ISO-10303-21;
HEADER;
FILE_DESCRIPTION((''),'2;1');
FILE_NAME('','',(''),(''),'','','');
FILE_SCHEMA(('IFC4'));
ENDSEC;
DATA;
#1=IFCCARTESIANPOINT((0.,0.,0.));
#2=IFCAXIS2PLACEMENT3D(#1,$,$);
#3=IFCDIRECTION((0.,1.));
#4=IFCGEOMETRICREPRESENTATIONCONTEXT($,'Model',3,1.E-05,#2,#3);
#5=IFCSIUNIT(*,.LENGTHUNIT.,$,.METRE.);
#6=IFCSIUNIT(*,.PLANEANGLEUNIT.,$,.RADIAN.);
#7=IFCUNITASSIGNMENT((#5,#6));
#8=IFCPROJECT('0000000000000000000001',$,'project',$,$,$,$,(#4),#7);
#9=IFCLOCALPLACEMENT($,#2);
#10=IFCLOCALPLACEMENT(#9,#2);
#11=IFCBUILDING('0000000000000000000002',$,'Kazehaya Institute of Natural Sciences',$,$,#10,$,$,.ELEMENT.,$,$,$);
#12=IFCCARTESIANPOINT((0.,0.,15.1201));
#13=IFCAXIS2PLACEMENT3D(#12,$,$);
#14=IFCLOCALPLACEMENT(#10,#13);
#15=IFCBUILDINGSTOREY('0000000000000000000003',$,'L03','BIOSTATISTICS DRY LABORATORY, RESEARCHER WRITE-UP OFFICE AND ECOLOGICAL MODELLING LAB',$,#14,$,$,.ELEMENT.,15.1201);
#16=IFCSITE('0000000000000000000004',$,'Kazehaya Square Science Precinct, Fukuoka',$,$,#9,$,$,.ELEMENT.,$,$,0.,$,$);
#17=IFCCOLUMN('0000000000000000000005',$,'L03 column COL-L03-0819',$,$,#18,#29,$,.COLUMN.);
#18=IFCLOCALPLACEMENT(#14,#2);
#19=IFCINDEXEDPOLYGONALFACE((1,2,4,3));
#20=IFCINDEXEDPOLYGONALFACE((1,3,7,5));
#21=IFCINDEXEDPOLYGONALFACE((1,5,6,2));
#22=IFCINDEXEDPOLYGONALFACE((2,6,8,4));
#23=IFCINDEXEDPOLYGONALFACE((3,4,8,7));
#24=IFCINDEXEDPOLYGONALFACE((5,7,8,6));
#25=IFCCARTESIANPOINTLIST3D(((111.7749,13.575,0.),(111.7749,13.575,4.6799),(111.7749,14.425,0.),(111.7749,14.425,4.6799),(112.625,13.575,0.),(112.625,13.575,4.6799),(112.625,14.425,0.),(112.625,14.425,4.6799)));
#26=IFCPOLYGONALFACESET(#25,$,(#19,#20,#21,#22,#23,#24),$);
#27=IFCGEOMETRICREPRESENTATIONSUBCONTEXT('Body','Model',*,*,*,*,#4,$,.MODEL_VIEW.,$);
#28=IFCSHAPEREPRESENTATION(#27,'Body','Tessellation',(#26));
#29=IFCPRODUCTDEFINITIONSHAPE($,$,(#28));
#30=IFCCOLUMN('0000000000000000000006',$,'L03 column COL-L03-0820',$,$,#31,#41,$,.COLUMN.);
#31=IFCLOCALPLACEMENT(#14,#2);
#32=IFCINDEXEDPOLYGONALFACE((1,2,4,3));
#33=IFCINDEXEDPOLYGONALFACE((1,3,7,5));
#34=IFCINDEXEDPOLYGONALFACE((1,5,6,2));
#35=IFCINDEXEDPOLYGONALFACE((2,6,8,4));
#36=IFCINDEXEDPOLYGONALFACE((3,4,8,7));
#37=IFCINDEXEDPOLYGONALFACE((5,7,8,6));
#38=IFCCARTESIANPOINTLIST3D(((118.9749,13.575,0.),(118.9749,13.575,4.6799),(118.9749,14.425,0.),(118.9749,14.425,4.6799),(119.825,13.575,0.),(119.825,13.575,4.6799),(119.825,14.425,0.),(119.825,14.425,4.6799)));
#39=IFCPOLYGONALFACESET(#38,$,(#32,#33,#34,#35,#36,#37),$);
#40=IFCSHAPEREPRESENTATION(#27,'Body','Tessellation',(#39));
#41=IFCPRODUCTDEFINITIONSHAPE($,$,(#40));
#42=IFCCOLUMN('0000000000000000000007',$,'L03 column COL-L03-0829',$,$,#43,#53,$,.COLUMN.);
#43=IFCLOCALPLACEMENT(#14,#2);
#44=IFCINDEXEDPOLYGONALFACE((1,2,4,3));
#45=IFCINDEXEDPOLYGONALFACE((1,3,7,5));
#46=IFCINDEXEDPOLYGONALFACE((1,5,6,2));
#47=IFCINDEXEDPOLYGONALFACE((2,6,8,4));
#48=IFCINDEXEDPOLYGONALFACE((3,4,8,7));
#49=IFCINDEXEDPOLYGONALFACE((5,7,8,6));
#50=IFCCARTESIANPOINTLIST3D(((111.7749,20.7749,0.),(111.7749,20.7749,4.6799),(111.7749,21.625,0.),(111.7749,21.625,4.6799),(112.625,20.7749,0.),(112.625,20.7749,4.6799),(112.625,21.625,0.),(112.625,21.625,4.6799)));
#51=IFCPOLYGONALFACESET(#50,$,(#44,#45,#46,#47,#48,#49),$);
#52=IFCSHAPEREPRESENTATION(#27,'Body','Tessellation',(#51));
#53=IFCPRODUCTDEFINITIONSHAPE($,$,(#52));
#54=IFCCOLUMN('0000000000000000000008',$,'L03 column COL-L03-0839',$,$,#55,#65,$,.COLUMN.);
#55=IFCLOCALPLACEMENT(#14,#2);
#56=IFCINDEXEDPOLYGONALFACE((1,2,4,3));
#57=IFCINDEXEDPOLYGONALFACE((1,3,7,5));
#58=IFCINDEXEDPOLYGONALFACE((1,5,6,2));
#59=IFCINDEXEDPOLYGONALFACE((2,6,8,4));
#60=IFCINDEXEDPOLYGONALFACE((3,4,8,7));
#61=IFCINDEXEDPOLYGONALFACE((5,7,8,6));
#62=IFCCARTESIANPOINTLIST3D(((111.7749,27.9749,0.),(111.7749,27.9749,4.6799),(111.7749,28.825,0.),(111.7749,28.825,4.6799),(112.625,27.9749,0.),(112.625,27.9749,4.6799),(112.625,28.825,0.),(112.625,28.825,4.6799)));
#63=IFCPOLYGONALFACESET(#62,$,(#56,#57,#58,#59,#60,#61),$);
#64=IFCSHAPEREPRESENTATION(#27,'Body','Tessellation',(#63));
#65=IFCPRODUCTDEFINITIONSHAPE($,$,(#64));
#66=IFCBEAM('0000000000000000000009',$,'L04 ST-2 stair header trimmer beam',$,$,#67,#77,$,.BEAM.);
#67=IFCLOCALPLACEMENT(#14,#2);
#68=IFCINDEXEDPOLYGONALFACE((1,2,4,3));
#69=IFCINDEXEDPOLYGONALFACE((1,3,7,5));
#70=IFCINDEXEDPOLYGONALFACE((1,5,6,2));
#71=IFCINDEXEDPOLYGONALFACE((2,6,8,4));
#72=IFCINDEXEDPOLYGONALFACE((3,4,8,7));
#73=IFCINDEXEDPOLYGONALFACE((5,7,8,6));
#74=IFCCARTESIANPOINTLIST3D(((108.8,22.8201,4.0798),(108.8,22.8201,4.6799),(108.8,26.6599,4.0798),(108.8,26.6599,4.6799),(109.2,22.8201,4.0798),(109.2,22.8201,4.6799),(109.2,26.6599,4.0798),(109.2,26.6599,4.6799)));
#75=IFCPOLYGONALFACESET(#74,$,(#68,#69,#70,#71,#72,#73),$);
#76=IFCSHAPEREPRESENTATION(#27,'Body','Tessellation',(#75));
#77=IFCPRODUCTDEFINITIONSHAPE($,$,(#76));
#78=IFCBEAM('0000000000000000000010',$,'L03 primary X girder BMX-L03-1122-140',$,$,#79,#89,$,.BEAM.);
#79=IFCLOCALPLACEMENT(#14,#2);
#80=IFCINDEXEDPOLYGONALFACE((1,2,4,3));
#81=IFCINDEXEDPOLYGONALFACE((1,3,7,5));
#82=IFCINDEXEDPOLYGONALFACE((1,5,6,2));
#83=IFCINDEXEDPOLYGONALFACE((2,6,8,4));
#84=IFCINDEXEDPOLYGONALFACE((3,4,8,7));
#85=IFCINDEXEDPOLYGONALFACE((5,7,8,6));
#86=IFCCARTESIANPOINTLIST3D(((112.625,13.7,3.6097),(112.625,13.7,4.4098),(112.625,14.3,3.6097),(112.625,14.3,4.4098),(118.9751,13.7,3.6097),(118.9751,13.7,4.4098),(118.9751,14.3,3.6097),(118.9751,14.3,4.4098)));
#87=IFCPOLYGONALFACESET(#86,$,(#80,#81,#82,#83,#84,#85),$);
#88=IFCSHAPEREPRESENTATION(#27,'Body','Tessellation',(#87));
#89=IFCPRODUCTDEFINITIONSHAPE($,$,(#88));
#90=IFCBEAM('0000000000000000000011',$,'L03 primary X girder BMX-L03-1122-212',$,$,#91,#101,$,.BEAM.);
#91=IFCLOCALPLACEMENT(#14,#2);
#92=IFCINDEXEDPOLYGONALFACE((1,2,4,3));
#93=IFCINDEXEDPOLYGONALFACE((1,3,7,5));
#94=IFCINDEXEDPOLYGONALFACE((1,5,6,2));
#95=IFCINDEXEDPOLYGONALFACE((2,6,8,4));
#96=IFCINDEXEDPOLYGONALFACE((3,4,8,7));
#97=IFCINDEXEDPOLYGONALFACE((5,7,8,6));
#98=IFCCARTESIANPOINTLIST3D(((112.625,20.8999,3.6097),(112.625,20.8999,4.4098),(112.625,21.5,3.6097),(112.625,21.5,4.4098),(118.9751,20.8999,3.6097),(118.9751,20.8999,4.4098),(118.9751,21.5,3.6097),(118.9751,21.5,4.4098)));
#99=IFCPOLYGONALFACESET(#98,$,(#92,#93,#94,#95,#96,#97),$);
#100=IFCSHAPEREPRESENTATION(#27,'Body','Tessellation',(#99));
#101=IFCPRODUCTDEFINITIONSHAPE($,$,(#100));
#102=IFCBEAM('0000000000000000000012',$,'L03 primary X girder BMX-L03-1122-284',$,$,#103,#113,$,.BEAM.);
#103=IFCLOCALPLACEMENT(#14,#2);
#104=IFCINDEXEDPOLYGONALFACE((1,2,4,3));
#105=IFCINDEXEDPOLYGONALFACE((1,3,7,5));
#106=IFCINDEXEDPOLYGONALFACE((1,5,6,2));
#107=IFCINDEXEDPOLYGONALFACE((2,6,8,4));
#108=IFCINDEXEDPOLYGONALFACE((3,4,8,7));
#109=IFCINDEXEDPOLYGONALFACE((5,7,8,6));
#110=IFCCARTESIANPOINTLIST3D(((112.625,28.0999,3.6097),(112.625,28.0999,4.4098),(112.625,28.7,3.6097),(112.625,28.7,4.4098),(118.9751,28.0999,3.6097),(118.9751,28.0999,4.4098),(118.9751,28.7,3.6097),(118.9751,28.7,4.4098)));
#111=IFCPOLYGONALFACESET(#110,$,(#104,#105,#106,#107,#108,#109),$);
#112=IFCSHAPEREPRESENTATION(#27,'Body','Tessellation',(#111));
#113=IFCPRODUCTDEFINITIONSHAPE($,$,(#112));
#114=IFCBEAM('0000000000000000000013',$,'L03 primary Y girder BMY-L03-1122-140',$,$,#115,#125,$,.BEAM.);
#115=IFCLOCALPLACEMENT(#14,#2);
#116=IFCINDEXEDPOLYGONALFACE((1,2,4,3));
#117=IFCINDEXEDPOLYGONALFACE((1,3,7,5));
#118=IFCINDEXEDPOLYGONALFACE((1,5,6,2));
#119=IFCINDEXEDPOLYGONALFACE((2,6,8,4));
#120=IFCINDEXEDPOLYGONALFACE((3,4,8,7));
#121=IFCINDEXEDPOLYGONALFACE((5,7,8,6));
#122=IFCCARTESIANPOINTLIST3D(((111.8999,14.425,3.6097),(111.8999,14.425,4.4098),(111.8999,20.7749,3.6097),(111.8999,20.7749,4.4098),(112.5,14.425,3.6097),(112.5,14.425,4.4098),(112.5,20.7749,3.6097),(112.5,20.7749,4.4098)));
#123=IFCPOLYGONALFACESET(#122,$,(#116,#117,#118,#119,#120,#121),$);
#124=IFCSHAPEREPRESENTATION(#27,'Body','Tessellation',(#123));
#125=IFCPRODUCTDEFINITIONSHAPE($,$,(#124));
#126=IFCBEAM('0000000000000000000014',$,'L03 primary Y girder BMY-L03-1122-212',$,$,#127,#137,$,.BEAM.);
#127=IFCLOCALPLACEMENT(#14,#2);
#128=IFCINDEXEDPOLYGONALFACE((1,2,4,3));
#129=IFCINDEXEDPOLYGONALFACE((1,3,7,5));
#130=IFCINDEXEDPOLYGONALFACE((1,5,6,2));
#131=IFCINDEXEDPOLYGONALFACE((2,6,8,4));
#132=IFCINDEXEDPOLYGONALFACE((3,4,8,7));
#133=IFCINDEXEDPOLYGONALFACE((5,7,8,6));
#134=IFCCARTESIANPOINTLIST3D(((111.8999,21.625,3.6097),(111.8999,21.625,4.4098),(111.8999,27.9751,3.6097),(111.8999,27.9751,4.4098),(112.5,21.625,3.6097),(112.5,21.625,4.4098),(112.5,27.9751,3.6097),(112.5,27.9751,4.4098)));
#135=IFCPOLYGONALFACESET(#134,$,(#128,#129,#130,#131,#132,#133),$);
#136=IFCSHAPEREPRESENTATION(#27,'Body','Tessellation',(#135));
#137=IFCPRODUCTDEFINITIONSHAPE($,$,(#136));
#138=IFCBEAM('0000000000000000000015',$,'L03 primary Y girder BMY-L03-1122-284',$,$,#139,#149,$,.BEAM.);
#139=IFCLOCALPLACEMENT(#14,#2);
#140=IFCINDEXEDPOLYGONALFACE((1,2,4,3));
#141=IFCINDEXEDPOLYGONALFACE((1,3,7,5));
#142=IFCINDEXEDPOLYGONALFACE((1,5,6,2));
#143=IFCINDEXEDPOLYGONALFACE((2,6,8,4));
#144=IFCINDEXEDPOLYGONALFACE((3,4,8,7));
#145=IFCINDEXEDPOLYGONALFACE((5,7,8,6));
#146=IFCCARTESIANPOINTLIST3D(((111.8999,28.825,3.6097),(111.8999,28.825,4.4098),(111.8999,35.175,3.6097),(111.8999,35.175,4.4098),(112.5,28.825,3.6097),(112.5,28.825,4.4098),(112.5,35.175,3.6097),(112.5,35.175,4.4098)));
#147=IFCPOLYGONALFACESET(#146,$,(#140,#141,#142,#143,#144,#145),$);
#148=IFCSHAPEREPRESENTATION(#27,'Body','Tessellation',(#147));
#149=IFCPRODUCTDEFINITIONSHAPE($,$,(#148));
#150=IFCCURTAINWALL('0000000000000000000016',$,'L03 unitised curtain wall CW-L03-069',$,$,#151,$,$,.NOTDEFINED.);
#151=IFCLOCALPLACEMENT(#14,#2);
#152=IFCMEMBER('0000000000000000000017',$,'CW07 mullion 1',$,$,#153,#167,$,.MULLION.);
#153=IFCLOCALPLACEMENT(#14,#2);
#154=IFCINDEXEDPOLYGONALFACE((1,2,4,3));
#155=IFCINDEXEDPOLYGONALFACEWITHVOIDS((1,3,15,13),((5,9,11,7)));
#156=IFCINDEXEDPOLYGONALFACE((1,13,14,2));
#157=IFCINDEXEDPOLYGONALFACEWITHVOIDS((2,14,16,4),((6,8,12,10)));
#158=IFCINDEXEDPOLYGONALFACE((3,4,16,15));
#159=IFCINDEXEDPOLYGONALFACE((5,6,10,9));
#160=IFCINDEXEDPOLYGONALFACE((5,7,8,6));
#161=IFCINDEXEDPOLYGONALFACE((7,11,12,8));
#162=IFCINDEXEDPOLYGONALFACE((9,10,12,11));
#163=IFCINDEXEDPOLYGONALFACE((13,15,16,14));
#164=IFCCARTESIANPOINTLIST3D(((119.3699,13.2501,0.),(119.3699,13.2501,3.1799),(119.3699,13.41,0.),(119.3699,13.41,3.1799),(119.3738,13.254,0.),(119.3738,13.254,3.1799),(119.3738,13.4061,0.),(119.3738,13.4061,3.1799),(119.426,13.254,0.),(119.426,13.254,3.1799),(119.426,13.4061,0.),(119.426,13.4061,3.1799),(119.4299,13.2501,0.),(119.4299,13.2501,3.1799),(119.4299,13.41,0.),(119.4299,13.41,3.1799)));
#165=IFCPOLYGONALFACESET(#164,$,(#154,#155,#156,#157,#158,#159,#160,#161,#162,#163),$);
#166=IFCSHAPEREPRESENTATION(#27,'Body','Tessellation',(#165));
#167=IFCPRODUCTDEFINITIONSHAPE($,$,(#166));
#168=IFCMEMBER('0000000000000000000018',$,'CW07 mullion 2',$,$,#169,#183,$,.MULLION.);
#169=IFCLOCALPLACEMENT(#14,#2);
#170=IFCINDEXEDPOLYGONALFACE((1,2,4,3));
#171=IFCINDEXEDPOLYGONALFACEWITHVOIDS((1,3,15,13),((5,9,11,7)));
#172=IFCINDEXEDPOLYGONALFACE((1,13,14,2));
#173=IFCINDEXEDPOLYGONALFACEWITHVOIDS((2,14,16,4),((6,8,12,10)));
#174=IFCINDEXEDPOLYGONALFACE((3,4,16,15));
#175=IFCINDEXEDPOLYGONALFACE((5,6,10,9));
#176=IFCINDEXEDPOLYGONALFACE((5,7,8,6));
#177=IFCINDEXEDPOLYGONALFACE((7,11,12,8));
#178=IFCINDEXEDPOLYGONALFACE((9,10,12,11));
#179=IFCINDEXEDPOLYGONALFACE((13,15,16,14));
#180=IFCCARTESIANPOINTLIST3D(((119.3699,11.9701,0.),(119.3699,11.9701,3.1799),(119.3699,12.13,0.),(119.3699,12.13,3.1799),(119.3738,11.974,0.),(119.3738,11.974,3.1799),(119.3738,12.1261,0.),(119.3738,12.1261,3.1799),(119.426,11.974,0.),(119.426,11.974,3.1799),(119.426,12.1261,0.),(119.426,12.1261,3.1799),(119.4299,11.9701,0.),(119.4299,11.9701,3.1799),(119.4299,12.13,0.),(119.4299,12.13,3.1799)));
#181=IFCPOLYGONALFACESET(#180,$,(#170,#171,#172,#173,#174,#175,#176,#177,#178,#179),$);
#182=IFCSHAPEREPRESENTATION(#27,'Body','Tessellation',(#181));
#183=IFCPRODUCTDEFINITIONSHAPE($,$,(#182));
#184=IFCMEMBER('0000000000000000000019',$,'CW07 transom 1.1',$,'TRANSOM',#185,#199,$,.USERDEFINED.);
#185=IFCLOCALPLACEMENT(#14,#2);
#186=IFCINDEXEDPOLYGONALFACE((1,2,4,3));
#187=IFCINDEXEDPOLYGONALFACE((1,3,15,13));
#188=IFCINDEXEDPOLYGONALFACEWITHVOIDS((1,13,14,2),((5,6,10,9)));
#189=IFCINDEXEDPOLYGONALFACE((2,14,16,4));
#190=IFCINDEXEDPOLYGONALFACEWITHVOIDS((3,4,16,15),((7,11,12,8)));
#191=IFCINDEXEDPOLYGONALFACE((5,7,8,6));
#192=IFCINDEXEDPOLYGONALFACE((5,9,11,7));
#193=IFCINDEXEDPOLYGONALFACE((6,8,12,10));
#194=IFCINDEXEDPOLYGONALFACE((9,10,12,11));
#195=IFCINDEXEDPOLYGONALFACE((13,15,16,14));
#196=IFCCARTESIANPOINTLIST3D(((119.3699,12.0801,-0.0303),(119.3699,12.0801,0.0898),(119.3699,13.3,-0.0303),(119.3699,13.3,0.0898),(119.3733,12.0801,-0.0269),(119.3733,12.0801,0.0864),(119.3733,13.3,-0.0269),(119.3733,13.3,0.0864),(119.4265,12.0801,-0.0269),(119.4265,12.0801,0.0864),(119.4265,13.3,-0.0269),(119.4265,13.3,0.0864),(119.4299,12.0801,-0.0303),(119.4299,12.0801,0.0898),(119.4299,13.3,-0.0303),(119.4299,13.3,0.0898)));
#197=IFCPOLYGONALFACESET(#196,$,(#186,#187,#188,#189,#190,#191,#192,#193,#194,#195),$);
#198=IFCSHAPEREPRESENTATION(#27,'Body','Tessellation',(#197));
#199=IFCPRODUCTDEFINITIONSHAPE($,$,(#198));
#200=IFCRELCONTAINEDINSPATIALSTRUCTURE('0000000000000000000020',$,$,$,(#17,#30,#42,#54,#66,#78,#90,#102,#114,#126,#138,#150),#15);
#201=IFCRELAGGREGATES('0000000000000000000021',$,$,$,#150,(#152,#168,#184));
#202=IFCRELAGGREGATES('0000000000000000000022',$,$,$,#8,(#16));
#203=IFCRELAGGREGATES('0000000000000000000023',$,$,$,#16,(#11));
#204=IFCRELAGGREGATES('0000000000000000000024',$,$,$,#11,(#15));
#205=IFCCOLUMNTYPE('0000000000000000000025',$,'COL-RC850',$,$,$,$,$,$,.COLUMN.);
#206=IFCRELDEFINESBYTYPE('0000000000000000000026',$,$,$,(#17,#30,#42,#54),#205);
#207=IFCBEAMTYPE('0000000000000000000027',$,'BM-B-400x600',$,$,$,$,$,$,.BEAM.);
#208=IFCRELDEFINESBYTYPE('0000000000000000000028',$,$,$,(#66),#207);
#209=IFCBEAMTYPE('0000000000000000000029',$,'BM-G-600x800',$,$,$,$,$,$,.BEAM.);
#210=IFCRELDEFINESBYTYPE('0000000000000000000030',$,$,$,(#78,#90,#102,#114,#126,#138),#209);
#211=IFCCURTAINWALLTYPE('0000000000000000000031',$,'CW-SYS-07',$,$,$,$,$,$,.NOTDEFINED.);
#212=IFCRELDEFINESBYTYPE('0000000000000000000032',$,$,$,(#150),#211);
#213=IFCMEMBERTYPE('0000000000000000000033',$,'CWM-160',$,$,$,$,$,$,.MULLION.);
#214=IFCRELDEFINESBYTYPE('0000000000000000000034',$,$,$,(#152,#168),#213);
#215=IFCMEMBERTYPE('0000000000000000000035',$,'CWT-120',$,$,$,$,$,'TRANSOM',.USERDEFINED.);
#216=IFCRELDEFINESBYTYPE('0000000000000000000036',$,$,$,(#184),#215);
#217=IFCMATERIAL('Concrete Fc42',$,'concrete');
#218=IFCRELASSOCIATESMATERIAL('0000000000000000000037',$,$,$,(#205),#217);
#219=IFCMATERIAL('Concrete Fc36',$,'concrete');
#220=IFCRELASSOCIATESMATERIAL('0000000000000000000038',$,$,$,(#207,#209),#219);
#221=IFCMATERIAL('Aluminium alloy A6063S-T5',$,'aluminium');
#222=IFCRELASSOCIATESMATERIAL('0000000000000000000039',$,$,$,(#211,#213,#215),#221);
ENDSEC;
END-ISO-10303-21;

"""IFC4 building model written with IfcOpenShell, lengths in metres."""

from ifc_helpers import new_model, si_unit, direction, frame, origin, origin_2d, place, context, subcontext, project, spatial, rectangle, hollow_rectangle, extrude, material, material_profile, profile_set, type_object, element, aggregate, save


model = new_model("IFC4")

# Units and contexts
model_context = context("Model", 3, precision=1e-05, world=origin(), true_north=direction((0.0, 1.0)))
body_context = subcontext(model_context, "Body", "Model", "MODEL_VIEW")
ifc_project = project(units=[si_unit("LENGTHUNIT", "METRE"), si_unit("PLANEANGLEUNIT", "RADIAN")], contexts=[model_context])

# Site, building, storey
site_placement = place(None, origin())
site = spatial("IfcSite", under=ifc_project, at=site_placement, Name="Kazehaya Square Science Precinct, Fukuoka", CompositionType="ELEMENT", RefElevation=0.0)
building_placement = place(site_placement, origin())
building = spatial("IfcBuilding", under=site, at=building_placement, Name="Kazehaya Institute of Natural Sciences", CompositionType="ELEMENT")
storey_placement = place(building_placement, frame((0.0, 0.0, 15.1201)))
storey = spatial("IfcBuildingStorey", under=building, at=storey_placement, Name="L03", Description="BIOSTATISTICS DRY LABORATORY, RESEARCHER WRITE-UP OFFICE AND ECOLOGICAL MODELLING LAB", CompositionType="ELEMENT", Elevation=15.1201)

# Columns
ifc_material_1 = material(Name="Concrete Fc42", Category="concrete")
ifc_material_profile_1 = material_profile(ifc_material_1, rectangle(XDim=0.8501, YDim=0.8501, at=origin_2d()), Name="RC-850x850")
ifc_profile_set_1 = profile_set([ifc_material_profile_1], Name="Concrete Fc42")
column_type = type_object("IfcColumnType", Name="COL-RC850", PredefinedType="COLUMN", material=ifc_profile_set_1)
for number, where, z_axis, x_axis, name in (
    (1, (112.2, 14.0, 0.0), (0.0, 0.0, 1.0), (1.0, 0.0, 0.0), "L03 column COL-L03-0819"),
    (2, (119.3999, 14.0, 0.0), (0.0, 0.0, 1.0), (1.0, 0.0, 0.0), "L03 column COL-L03-0820"),
    (3, (112.2, 21.2, 0.0), (0.0, 0.0, 1.0), (1.0, 0.0, 0.0), "L03 column COL-L03-0829"),
    (4, (112.2, 28.3999, 0.0), (0.0, 0.0, 1.0), (1.0, 0.0, 0.0), "L03 column COL-L03-0839"),
):
    element("IfcColumn", number, at=place(storey_placement, frame(where, z_axis=z_axis, x_axis=x_axis)), inside=storey, type_object=column_type, Name=name, PredefinedType="COLUMN", context=body_context, shape_type="SweptSolid", body=[
        extrude(rectangle(XDim=0.8501, YDim=0.8501, at=origin_2d()), origin(), (0.0, 0.0, 1.0), 4.6799),
    ])

# Beams
ifc_material_2 = material(Name="Concrete Fc36", Category="concrete")
ifc_material_profile_2 = material_profile(ifc_material_2, rectangle(XDim=0.3999, YDim=0.6001, at=origin_2d()), Name="RC-400x600")
ifc_profile_set_2 = profile_set([ifc_material_profile_2], Name="Concrete Fc36")
beam_type_1 = type_object("IfcBeamType", Name="BM-B-400x600", PredefinedType="BEAM", material=ifc_profile_set_2)
beam_1_placement = place(storey_placement, frame((109.0, 22.8201, 4.3799), z_axis=(0.0, 1.0, 0.0), x_axis=(-1.0, 0.0, 0.0)))
element("IfcBeam", 5, at=beam_1_placement, inside=storey, type_object=beam_type_1, Name="L04 ST-2 stair header trimmer beam", PredefinedType="BEAM", context=body_context, shape_type="SweptSolid", body=[
    extrude(rectangle(XDim=0.3999, YDim=0.6001, at=origin_2d()), origin(), (0.0, 0.0, 1.0), 3.8398),
])
ifc_material_profile_3 = material_profile(ifc_material_2, rectangle(XDim=0.6001, YDim=0.8, at=origin_2d()), Name="RC-600x800")
ifc_profile_set_3 = profile_set([ifc_material_profile_3], Name="Concrete Fc36")
beam_type_2 = type_object("IfcBeamType", Name="BM-G-600x800", PredefinedType="BEAM", material=ifc_profile_set_3)
for number, where, z_axis, x_axis, name in (
    (6, (112.625, 14.0, 4.0098), (1.0, 0.0, 0.0), (0.0, 1.0, 0.0), "L03 primary X girder BMX-L03-1122-140"),
    (7, (112.625, 21.2, 4.0098), (1.0, 0.0, 0.0), (0.0, 1.0, 0.0), "L03 primary X girder BMX-L03-1122-212"),
    (8, (112.625, 28.3999, 4.0098), (1.0, 0.0, 0.0), (0.0, 1.0, 0.0), "L03 primary X girder BMX-L03-1122-284"),
):
    element("IfcBeam", number, at=place(storey_placement, frame(where, z_axis=z_axis, x_axis=x_axis)), inside=storey, type_object=beam_type_2, Name=name, PredefinedType="BEAM", context=body_context, shape_type="SweptSolid", body=[
        extrude(rectangle(XDim=0.6001, YDim=0.8, at=origin_2d()), origin(), (0.0, 0.0, 1.0), 6.3501),
    ])
beam_2_placement = place(storey_placement, frame((112.2, 14.425, 4.0098), z_axis=(0.0, 1.0, 0.0), x_axis=(-1.0, 0.0, 0.0)))
element("IfcBeam", 9, at=beam_2_placement, inside=storey, type_object=beam_type_2, Name="L03 primary Y girder BMY-L03-1122-140", PredefinedType="BEAM", context=body_context, shape_type="SweptSolid", body=[
    extrude(rectangle(XDim=0.6001, YDim=0.8, at=origin_2d()), origin(), (0.0, 0.0, 1.0), 6.3499),
])
for number, where, z_axis, x_axis, name in (
    (10, (112.2, 21.625, 4.0098), (0.0, 1.0, 0.0), (-1.0, 0.0, 0.0), "L03 primary Y girder BMY-L03-1122-212"),
    (11, (112.2, 28.825, 4.0098), (0.0, 1.0, 0.0), (-1.0, 0.0, 0.0), "L03 primary Y girder BMY-L03-1122-284"),
):
    element("IfcBeam", number, at=place(storey_placement, frame(where, z_axis=z_axis, x_axis=x_axis)), inside=storey, type_object=beam_type_2, Name=name, PredefinedType="BEAM", context=body_context, shape_type="SweptSolid", body=[
        extrude(rectangle(XDim=0.6001, YDim=0.8, at=origin_2d()), origin(), (0.0, 0.0, 1.0), 6.3501),
    ])

# Curtain wall, members
ifc_material_3 = material(Name="Aluminium alloy A6063S-T5", Category="aluminium")
curtain_wall_type = type_object("IfcCurtainWallType", Name="CW-SYS-07", PredefinedType="NOTDEFINED", material=ifc_material_3)
curtain_wall_placement = place(storey_placement, origin())
curtain_wall = element("IfcCurtainWall", 12, at=curtain_wall_placement, inside=storey, type_object=curtain_wall_type, Name="L03 unitised curtain wall CW-L03-069", PredefinedType="NOTDEFINED")
ifc_material_profile_4 = material_profile(ifc_material_3, hollow_rectangle(XDim=0.0601, YDim=0.1599, WallThickness=0.0039, at=origin_2d()), Name="ALU-60x160x4")
ifc_profile_set_4 = profile_set([ifc_material_profile_4], Name="Aluminium alloy A6063S-T5")
member_type_1 = type_object("IfcMemberType", Name="CWM-160", PredefinedType="MULLION", material=ifc_profile_set_4)
member_1_placement = place(storey_placement, frame((119.3999, 13.3301, 0.0), z_axis=(0.0, 0.0, 1.0), x_axis=(1.0, 0.0, 0.0)))
member_1 = element("IfcMember", 13, at=member_1_placement, type_object=member_type_1, Name="CW07 mullion 1", PredefinedType="MULLION", context=body_context, shape_type="SweptSolid", body=[
    extrude(hollow_rectangle(XDim=0.0601, YDim=0.1599, WallThickness=0.0039, at=origin_2d()), origin(), (0.0, 0.0, 1.0), 3.1799),
])
member_2_placement = place(storey_placement, frame((119.3999, 12.05, 0.0), z_axis=(0.0, 0.0, 1.0), x_axis=(1.0, 0.0, 0.0)))
member_2 = element("IfcMember", 14, at=member_2_placement, type_object=member_type_1, Name="CW07 mullion 2", PredefinedType="MULLION", context=body_context, shape_type="SweptSolid", body=[
    extrude(hollow_rectangle(XDim=0.0601, YDim=0.1599, WallThickness=0.0039, at=origin_2d()), origin(), (0.0, 0.0, 1.0), 3.1799),
])
ifc_material_profile_5 = material_profile(ifc_material_3, hollow_rectangle(XDim=0.0601, YDim=0.1201, WallThickness=0.0034, at=origin_2d()), Name="ALU-60x120x3.5")
ifc_profile_set_5 = profile_set([ifc_material_profile_5], Name="Aluminium alloy A6063S-T5")
member_type_2 = type_object("IfcMemberType", Name="CWT-120", ElementType="TRANSOM", PredefinedType="USERDEFINED", material=ifc_profile_set_5)
member_3_placement = place(storey_placement, frame((119.3999, 13.3, 0.0298), z_axis=(0.0, -1.0, 0.0), x_axis=(1.0, 0.0, 0.0)))
member_3 = element("IfcMember", 15, at=member_3_placement, type_object=member_type_2, Name="CW07 transom 1.1", ObjectType="TRANSOM", PredefinedType="USERDEFINED", context=body_context, shape_type="SweptSolid", body=[
    extrude(hollow_rectangle(XDim=0.0601, YDim=0.1201, WallThickness=0.0034, at=origin_2d()), origin(), (0.0, 0.0, 1.0), 1.22),
])
aggregate(curtain_wall, [member_1, member_2, member_3])

save(model, "model.ifc")
